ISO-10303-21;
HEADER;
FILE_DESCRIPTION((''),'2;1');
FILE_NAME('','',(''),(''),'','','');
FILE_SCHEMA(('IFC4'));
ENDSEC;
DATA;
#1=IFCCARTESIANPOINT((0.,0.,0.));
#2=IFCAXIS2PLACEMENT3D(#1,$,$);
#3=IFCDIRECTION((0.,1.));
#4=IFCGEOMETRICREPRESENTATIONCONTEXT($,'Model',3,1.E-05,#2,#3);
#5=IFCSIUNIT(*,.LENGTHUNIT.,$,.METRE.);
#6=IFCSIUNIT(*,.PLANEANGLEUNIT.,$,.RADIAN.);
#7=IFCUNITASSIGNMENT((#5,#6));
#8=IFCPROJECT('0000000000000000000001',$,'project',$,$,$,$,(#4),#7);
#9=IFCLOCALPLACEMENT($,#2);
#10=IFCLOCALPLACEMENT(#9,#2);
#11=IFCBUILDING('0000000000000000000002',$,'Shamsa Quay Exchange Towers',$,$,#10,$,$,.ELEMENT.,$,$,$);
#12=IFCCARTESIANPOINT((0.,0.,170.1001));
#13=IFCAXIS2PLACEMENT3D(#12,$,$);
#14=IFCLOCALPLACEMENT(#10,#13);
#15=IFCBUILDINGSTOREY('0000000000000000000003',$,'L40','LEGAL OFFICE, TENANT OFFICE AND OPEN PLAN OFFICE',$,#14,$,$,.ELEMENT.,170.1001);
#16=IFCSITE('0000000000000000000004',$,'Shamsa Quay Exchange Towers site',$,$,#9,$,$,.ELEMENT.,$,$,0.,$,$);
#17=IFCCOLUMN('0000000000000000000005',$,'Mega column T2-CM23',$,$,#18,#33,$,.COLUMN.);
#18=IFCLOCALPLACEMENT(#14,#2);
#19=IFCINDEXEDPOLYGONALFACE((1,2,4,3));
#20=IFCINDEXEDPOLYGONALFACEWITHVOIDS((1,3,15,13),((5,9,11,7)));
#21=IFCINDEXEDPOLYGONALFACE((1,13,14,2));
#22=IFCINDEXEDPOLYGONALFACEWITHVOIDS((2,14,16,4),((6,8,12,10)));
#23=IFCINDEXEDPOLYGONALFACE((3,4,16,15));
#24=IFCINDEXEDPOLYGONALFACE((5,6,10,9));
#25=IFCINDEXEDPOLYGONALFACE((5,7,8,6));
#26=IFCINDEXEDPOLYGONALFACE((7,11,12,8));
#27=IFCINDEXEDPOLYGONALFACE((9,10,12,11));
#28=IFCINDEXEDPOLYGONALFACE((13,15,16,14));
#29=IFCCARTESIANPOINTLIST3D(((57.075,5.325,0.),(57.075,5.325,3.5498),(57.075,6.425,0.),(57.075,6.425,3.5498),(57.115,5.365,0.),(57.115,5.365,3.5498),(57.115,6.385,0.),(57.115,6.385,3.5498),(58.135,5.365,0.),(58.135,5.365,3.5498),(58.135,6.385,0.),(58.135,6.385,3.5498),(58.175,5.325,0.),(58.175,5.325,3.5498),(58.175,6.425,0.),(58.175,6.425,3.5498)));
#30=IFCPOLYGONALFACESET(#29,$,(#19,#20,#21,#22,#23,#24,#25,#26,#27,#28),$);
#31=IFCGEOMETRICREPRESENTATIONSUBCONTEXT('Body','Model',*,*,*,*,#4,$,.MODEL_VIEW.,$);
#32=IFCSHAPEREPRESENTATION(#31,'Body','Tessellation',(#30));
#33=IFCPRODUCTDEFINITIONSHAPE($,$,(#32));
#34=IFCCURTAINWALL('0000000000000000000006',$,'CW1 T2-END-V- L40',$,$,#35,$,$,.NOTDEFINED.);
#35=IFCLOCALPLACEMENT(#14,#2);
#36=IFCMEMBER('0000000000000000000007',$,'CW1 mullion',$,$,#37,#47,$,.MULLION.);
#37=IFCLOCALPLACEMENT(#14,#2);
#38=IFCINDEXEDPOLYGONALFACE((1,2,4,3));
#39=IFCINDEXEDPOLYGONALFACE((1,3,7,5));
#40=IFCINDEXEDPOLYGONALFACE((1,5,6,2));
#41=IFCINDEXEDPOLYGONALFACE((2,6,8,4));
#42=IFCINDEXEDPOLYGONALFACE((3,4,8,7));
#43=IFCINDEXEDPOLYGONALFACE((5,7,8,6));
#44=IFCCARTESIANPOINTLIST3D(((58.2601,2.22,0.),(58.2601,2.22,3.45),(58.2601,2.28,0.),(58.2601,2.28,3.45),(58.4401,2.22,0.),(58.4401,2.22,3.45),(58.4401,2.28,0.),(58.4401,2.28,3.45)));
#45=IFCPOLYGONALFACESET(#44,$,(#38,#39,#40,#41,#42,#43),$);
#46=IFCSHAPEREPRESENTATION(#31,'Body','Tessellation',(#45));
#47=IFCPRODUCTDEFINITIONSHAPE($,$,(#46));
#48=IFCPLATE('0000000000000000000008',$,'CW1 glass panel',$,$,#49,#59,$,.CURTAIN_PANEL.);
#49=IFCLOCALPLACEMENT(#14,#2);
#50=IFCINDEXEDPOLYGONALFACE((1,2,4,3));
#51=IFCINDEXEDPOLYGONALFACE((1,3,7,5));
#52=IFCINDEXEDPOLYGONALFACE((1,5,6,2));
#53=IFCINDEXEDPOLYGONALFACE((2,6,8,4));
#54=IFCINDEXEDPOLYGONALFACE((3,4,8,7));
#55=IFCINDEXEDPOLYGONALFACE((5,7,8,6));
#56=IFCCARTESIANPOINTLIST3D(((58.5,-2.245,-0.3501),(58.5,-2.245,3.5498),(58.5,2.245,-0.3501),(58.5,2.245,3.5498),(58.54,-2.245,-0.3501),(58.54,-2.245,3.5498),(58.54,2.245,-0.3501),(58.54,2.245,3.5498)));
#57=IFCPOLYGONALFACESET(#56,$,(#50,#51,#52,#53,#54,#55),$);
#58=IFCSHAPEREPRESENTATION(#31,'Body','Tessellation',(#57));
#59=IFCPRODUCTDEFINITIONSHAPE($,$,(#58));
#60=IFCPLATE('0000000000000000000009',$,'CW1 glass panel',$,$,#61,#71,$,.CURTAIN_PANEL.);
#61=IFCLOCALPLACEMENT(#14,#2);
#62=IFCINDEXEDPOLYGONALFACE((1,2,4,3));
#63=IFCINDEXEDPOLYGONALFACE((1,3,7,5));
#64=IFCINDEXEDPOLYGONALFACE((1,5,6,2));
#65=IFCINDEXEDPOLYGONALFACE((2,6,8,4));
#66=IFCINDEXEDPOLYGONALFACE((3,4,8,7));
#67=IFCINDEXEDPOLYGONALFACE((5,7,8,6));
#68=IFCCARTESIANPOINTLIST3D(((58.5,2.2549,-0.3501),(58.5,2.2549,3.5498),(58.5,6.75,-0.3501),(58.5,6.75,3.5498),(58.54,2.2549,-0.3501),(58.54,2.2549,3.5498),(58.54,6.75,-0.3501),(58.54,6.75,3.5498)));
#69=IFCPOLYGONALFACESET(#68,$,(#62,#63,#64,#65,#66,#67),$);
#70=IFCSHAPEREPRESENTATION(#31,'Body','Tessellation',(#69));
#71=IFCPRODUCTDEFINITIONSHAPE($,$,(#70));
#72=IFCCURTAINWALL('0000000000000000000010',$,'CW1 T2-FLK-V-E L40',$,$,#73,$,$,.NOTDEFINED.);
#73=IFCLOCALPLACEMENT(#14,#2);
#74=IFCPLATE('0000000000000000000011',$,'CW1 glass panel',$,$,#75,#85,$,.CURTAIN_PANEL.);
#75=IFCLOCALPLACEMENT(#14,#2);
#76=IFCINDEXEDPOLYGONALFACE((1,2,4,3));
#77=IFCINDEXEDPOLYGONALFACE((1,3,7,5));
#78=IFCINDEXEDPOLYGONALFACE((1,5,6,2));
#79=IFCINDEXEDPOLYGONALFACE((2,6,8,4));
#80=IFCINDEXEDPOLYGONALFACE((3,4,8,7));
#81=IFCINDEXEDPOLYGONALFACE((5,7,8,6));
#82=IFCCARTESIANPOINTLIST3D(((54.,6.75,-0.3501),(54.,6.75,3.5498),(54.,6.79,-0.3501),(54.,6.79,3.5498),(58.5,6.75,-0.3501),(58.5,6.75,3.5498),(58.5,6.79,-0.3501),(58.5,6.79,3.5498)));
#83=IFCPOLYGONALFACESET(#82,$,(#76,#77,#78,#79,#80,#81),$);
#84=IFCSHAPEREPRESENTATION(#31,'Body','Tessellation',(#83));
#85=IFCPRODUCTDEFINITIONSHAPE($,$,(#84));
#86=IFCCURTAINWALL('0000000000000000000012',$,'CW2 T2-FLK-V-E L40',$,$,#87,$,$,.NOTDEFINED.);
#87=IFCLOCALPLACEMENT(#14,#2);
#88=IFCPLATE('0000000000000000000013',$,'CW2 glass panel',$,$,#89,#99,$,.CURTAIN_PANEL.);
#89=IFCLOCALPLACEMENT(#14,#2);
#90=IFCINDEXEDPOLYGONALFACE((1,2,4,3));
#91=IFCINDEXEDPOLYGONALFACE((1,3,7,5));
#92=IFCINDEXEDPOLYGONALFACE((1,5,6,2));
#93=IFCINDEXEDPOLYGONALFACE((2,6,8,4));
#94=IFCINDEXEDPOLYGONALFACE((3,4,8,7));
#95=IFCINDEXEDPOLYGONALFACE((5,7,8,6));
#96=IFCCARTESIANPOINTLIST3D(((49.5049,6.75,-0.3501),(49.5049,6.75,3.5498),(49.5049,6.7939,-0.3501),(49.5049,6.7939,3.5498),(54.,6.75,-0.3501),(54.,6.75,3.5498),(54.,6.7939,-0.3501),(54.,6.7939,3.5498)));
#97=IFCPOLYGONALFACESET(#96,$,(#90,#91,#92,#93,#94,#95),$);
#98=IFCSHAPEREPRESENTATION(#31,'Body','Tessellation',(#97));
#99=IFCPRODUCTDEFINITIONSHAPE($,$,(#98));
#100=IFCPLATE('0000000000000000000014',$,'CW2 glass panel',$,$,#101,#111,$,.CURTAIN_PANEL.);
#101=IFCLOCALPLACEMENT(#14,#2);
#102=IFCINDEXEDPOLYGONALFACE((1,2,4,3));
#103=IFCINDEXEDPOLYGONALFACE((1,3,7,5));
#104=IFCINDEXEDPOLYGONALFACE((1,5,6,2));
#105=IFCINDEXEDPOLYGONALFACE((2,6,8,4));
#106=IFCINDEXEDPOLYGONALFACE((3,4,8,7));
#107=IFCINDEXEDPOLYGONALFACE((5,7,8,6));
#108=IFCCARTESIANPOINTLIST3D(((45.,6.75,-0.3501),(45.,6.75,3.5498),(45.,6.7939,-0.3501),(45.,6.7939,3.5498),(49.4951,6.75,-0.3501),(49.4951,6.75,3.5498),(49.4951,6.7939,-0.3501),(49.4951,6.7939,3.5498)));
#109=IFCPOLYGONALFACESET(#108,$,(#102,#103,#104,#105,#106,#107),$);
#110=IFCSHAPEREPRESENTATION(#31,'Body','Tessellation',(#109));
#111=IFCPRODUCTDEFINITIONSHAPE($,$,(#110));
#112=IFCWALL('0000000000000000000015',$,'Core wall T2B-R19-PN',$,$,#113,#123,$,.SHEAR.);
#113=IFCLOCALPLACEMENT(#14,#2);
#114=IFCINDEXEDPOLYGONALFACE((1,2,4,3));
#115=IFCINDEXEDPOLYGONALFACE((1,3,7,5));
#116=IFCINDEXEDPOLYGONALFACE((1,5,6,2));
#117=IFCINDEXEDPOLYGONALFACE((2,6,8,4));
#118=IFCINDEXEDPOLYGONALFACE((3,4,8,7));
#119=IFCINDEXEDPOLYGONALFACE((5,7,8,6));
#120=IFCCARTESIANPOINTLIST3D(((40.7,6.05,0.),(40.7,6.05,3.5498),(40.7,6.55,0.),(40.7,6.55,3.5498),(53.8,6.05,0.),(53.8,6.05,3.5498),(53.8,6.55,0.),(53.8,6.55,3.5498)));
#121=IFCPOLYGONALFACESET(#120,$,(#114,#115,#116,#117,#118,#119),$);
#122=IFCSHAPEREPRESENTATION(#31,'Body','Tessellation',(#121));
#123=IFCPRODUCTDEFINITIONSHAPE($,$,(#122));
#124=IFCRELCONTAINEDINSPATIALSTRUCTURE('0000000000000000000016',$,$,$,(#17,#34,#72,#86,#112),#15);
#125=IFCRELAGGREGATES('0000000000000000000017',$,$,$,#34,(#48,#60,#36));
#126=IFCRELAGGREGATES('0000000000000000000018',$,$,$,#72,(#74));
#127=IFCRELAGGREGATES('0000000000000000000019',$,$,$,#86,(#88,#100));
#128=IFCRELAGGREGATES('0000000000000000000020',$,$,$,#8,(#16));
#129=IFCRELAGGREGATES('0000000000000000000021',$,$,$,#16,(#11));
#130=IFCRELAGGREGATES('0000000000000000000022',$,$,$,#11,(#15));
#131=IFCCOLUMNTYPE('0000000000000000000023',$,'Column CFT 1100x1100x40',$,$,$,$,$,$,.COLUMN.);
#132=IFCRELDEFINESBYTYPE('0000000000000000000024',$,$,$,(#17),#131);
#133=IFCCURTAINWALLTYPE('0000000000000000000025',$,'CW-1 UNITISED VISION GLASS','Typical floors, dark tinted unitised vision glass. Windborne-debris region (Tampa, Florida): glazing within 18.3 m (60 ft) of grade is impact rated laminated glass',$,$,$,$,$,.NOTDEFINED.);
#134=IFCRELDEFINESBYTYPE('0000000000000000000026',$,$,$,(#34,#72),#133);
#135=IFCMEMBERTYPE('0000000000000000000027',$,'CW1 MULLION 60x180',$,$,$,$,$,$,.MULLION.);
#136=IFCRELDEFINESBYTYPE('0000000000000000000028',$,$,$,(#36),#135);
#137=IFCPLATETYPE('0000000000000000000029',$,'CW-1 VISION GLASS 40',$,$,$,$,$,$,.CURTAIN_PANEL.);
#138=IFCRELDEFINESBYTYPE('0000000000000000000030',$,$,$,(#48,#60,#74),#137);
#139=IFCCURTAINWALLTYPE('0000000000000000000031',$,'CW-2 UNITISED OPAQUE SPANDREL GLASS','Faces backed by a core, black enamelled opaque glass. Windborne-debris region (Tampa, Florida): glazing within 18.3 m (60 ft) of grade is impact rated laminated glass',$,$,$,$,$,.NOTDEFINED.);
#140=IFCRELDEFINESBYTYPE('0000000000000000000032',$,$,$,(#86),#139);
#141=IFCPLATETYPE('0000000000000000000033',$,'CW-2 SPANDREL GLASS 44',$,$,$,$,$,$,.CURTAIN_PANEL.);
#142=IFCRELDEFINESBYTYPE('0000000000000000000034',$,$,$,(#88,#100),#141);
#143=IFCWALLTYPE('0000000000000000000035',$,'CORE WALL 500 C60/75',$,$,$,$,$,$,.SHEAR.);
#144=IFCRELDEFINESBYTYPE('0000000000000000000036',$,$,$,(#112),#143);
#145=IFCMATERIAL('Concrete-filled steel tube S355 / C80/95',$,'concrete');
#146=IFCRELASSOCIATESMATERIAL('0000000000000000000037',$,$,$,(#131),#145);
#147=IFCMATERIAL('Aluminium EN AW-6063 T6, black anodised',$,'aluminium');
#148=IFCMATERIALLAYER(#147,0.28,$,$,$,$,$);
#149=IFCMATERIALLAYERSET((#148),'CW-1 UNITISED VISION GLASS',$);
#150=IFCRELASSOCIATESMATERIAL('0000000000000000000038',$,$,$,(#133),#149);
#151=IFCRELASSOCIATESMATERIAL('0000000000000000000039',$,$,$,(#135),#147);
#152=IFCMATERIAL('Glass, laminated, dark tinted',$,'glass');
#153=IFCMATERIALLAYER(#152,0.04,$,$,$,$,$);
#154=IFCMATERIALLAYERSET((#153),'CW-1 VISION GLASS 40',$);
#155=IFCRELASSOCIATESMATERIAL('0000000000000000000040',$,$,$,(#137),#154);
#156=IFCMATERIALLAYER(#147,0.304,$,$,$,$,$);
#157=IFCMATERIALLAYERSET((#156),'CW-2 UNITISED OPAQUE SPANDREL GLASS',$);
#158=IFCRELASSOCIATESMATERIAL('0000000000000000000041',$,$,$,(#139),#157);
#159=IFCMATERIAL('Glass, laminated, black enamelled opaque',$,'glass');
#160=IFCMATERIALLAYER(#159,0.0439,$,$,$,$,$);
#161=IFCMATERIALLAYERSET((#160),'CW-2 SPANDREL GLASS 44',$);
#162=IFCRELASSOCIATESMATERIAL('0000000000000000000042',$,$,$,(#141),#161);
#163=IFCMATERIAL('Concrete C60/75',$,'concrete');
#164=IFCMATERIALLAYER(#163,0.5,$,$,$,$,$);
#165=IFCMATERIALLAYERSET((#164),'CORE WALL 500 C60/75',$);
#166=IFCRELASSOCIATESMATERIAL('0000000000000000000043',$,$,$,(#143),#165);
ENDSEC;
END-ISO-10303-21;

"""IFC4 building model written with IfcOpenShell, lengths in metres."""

from ifc_helpers import new_model, si_unit, direction, frame, frame_2d, origin, origin_2d, place, context, subcontext, project, spatial, rectangle, hollow_rectangle, extrude, material, layer, layer_set, material_profile, profile_set, type_object, element, aggregate, save


model = new_model("IFC4")

# Units and contexts
model_context = context("Model", 3, precision=1e-05, world=origin(), true_north=direction((0.0, 1.0)))
body_context = subcontext(model_context, "Body", "Model", "MODEL_VIEW")
ifc_project = project(units=[si_unit("LENGTHUNIT", "METRE"), si_unit("PLANEANGLEUNIT", "RADIAN")], contexts=[model_context])

# Site, building, storey
site_placement = place(None, origin())
site = spatial("IfcSite", under=ifc_project, at=site_placement, Name="Shamsa Quay Exchange Towers site", CompositionType="ELEMENT", RefElevation=0.0)
building_placement = place(site_placement, origin())
building = spatial("IfcBuilding", under=site, at=building_placement, Name="Shamsa Quay Exchange Towers", CompositionType="ELEMENT")
storey_placement = place(building_placement, frame((0.0, 0.0, 170.1001)))
storey = spatial("IfcBuildingStorey", under=building, at=storey_placement, Name="L40", Description="LEGAL OFFICE, TENANT OFFICE AND OPEN PLAN OFFICE", CompositionType="ELEMENT", Elevation=170.1001)

# Column
ifc_material_1 = material(Name="Concrete-filled steel tube S355 / C80/95", Category="concrete")
ifc_material_profile_1 = material_profile(ifc_material_1, hollow_rectangle(XDim=1.1001, YDim=1.1001, WallThickness=0.04, at=origin_2d()), Name="CFT 1100x1100x40")
ifc_profile_set_1 = profile_set([ifc_material_profile_1], Name="Concrete-filled steel tube S355 / C80/95")
column_type = type_object("IfcColumnType", Name="Column CFT 1100x1100x40", PredefinedType="COLUMN", material=ifc_profile_set_1)
column_placement = place(storey_placement, frame((57.625, 5.875, 0.0)))
element("IfcColumn", 1, at=column_placement, inside=storey, type_object=column_type, Name="Mega column T2-CM23", PredefinedType="COLUMN", context=body_context, shape_type="SweptSolid", body=[
    extrude(hollow_rectangle(XDim=1.1001, YDim=1.1001, WallThickness=0.04, at=origin_2d()), origin(), (0.0, 0.0, 1.0), 3.5498),
])

# Curtain wall, member, plates
ifc_material_2 = material(Name="Aluminium EN AW-6063 T6, black anodised", Category="aluminium")
ifc_layer_1 = layer(ifc_material_2, 0.28)
ifc_layer_set_1 = layer_set([ifc_layer_1], Name="CW-1 UNITISED VISION GLASS")
curtain_wall_type_1 = type_object("IfcCurtainWallType", Name="CW-1 UNITISED VISION GLASS", Description="Typical floors, dark tinted unitised vision glass. Windborne-debris region (Tampa, Florida): glazing within 18.3 m (60 ft) of grade is impact rated laminated glass", PredefinedType="NOTDEFINED", material=ifc_layer_set_1)
curtain_wall_1_placement = place(storey_placement, origin())
curtain_wall_1 = element("IfcCurtainWall", 2, at=curtain_wall_1_placement, inside=storey, type_object=curtain_wall_type_1, Name="CW1 T2-END-V- L40", PredefinedType="NOTDEFINED")
ifc_material_profile_2 = material_profile(ifc_material_2, rectangle(XDim=0.1799, YDim=0.0601, at=origin_2d()), Name="MU60x180")
ifc_profile_set_2 = profile_set([ifc_material_profile_2], Name="Aluminium EN AW-6063 T6, black anodised")
member_type = type_object("IfcMemberType", Name="CW1 MULLION 60x180", PredefinedType="MULLION", material=ifc_profile_set_2)
member_placement = place(storey_placement, frame((58.3501, 2.25, 0.0), z_axis=(0.0, 0.0, 1.0), x_axis=(-1.0, 0.0, 0.0)))
member = element("IfcMember", 3, at=member_placement, type_object=member_type, Name="CW1 mullion", PredefinedType="MULLION", context=body_context, shape_type="SweptSolid", body=[
    extrude(rectangle(XDim=0.1799, YDim=0.0601, at=origin_2d()), origin(), (0.0, 0.0, 1.0), 3.45),
])
ifc_material_3 = material(Name="Glass, laminated, dark tinted", Category="glass")
ifc_layer_2 = layer(ifc_material_3, 0.04)
ifc_layer_set_2 = layer_set([ifc_layer_2], Name="CW-1 VISION GLASS 40")
plate_type_1 = type_object("IfcPlateType", Name="CW-1 VISION GLASS 40", PredefinedType="CURTAIN_PANEL", material=ifc_layer_set_2)
plate_1_placement = place(storey_placement, frame((58.52, 0.0, -0.3501), z_axis=(0.0, 0.0, 1.0), x_axis=(0.0, 1.0, 0.0)))
plate_1 = element("IfcPlate", 4, at=plate_1_placement, type_object=plate_type_1, Name="CW1 glass panel", PredefinedType="CURTAIN_PANEL", context=body_context, shape_type="SweptSolid", body=[
    extrude(rectangle(XDim=4.49, YDim=0.04, at=origin_2d()), origin(), (0.0, 0.0, 1.0), 3.8999),
])
plate_2_placement = place(storey_placement, frame((58.52, 4.5024, -0.3501), z_axis=(0.0, 0.0, 1.0), x_axis=(0.0, 1.0, 0.0)))
plate_2 = element("IfcPlate", 5, at=plate_2_placement, type_object=plate_type_1, Name="CW1 glass panel", PredefinedType="CURTAIN_PANEL", context=body_context, shape_type="SweptSolid", body=[
    extrude(rectangle(XDim=4.4951, YDim=0.04, at=origin_2d()), origin(), (0.0, 0.0, 1.0), 3.8999),
])
aggregate(curtain_wall_1, [plate_1, plate_2, member])

# Curtain wall, plate
curtain_wall_2_placement = place(storey_placement, origin())
curtain_wall_2 = element("IfcCurtainWall", 6, at=curtain_wall_2_placement, inside=storey, type_object=curtain_wall_type_1, Name="CW1 T2-FLK-V-E L40", PredefinedType="NOTDEFINED")
plate_3_placement = place(storey_placement, frame((56.25, 6.77, -0.3501), z_axis=(0.0, 0.0, 1.0), x_axis=(-1.0, 0.0, 0.0)))
plate_3 = element("IfcPlate", 7, at=plate_3_placement, type_object=plate_type_1, Name="CW1 glass panel", PredefinedType="CURTAIN_PANEL", context=body_context, shape_type="SweptSolid", body=[
    extrude(rectangle(XDim=4.5, YDim=0.04, at=origin_2d()), origin(), (0.0, 0.0, 1.0), 3.8999),
])
aggregate(curtain_wall_2, [plate_3])

# Curtain wall, plates
ifc_layer_3 = layer(ifc_material_2, 0.304)
ifc_layer_set_3 = layer_set([ifc_layer_3], Name="CW-2 UNITISED OPAQUE SPANDREL GLASS")
curtain_wall_type_2 = type_object("IfcCurtainWallType", Name="CW-2 UNITISED OPAQUE SPANDREL GLASS", Description="Faces backed by a core, black enamelled opaque glass. Windborne-debris region (Tampa, Florida): glazing within 18.3 m (60 ft) of grade is impact rated laminated glass", PredefinedType="NOTDEFINED", material=ifc_layer_set_3)
curtain_wall_3_placement = place(storey_placement, origin())
curtain_wall_3 = element("IfcCurtainWall", 8, at=curtain_wall_3_placement, inside=storey, type_object=curtain_wall_type_2, Name="CW2 T2-FLK-V-E L40", PredefinedType="NOTDEFINED")
ifc_material_4 = material(Name="Glass, laminated, black enamelled opaque", Category="glass")
ifc_layer_4 = layer(ifc_material_4, 0.0439)
ifc_layer_set_4 = layer_set([ifc_layer_4], Name="CW-2 SPANDREL GLASS 44")
plate_type_2 = type_object("IfcPlateType", Name="CW-2 SPANDREL GLASS 44", PredefinedType="CURTAIN_PANEL", material=ifc_layer_set_4)
plate_4_placement = place(storey_placement, frame((51.7524, 6.772, -0.3501), z_axis=(0.0, 0.0, 1.0), x_axis=(-1.0, 0.0, 0.0)))
plate_4 = element("IfcPlate", 9, at=plate_4_placement, type_object=plate_type_2, Name="CW2 glass panel", PredefinedType="CURTAIN_PANEL", context=body_context, shape_type="SweptSolid", body=[
    extrude(rectangle(XDim=4.4951, YDim=0.0439, at=origin_2d()), origin(), (0.0, 0.0, 1.0), 3.8999),
])
plate_5_placement = place(storey_placement, frame((47.2476, 6.772, -0.3501), z_axis=(0.0, 0.0, 1.0), x_axis=(-1.0, 0.0, 0.0)))
plate_5 = element("IfcPlate", 10, at=plate_5_placement, type_object=plate_type_2, Name="CW2 glass panel", PredefinedType="CURTAIN_PANEL", context=body_context, shape_type="SweptSolid", body=[
    extrude(rectangle(XDim=4.4951, YDim=0.0439, at=origin_2d()), origin(), (0.0, 0.0, 1.0), 3.8999),
])
aggregate(curtain_wall_3, [plate_4, plate_5])

# Wall
ifc_material_5 = material(Name="Concrete C60/75", Category="concrete")
ifc_layer_5 = layer(ifc_material_5, 0.5)
ifc_layer_set_5 = layer_set([ifc_layer_5], Name="CORE WALL 500 C60/75")
wall_type_1 = type_object("IfcWallType", Name="CORE WALL 500 C60/75", PredefinedType="SHEAR", material=ifc_layer_set_5)
wall_1_placement = place(storey_placement, frame((53.8, 6.3, 0.0), z_axis=(0.0, 0.0, 1.0), x_axis=(-1.0, 0.0, 0.0)))
element("IfcWall", 11, at=wall_1_placement, inside=storey, type_object=wall_type_1, Name="Core wall T2B-R19-PN", PredefinedType="SHEAR", context=body_context, shape_type="SweptSolid", body=[
    extrude(rectangle(XDim=13.1001, YDim=0.5, at=frame_2d((6.55, 0.0))), origin(), (0.0, 0.0, 1.0), 3.5498),
])

save(model, "model.ifc")
